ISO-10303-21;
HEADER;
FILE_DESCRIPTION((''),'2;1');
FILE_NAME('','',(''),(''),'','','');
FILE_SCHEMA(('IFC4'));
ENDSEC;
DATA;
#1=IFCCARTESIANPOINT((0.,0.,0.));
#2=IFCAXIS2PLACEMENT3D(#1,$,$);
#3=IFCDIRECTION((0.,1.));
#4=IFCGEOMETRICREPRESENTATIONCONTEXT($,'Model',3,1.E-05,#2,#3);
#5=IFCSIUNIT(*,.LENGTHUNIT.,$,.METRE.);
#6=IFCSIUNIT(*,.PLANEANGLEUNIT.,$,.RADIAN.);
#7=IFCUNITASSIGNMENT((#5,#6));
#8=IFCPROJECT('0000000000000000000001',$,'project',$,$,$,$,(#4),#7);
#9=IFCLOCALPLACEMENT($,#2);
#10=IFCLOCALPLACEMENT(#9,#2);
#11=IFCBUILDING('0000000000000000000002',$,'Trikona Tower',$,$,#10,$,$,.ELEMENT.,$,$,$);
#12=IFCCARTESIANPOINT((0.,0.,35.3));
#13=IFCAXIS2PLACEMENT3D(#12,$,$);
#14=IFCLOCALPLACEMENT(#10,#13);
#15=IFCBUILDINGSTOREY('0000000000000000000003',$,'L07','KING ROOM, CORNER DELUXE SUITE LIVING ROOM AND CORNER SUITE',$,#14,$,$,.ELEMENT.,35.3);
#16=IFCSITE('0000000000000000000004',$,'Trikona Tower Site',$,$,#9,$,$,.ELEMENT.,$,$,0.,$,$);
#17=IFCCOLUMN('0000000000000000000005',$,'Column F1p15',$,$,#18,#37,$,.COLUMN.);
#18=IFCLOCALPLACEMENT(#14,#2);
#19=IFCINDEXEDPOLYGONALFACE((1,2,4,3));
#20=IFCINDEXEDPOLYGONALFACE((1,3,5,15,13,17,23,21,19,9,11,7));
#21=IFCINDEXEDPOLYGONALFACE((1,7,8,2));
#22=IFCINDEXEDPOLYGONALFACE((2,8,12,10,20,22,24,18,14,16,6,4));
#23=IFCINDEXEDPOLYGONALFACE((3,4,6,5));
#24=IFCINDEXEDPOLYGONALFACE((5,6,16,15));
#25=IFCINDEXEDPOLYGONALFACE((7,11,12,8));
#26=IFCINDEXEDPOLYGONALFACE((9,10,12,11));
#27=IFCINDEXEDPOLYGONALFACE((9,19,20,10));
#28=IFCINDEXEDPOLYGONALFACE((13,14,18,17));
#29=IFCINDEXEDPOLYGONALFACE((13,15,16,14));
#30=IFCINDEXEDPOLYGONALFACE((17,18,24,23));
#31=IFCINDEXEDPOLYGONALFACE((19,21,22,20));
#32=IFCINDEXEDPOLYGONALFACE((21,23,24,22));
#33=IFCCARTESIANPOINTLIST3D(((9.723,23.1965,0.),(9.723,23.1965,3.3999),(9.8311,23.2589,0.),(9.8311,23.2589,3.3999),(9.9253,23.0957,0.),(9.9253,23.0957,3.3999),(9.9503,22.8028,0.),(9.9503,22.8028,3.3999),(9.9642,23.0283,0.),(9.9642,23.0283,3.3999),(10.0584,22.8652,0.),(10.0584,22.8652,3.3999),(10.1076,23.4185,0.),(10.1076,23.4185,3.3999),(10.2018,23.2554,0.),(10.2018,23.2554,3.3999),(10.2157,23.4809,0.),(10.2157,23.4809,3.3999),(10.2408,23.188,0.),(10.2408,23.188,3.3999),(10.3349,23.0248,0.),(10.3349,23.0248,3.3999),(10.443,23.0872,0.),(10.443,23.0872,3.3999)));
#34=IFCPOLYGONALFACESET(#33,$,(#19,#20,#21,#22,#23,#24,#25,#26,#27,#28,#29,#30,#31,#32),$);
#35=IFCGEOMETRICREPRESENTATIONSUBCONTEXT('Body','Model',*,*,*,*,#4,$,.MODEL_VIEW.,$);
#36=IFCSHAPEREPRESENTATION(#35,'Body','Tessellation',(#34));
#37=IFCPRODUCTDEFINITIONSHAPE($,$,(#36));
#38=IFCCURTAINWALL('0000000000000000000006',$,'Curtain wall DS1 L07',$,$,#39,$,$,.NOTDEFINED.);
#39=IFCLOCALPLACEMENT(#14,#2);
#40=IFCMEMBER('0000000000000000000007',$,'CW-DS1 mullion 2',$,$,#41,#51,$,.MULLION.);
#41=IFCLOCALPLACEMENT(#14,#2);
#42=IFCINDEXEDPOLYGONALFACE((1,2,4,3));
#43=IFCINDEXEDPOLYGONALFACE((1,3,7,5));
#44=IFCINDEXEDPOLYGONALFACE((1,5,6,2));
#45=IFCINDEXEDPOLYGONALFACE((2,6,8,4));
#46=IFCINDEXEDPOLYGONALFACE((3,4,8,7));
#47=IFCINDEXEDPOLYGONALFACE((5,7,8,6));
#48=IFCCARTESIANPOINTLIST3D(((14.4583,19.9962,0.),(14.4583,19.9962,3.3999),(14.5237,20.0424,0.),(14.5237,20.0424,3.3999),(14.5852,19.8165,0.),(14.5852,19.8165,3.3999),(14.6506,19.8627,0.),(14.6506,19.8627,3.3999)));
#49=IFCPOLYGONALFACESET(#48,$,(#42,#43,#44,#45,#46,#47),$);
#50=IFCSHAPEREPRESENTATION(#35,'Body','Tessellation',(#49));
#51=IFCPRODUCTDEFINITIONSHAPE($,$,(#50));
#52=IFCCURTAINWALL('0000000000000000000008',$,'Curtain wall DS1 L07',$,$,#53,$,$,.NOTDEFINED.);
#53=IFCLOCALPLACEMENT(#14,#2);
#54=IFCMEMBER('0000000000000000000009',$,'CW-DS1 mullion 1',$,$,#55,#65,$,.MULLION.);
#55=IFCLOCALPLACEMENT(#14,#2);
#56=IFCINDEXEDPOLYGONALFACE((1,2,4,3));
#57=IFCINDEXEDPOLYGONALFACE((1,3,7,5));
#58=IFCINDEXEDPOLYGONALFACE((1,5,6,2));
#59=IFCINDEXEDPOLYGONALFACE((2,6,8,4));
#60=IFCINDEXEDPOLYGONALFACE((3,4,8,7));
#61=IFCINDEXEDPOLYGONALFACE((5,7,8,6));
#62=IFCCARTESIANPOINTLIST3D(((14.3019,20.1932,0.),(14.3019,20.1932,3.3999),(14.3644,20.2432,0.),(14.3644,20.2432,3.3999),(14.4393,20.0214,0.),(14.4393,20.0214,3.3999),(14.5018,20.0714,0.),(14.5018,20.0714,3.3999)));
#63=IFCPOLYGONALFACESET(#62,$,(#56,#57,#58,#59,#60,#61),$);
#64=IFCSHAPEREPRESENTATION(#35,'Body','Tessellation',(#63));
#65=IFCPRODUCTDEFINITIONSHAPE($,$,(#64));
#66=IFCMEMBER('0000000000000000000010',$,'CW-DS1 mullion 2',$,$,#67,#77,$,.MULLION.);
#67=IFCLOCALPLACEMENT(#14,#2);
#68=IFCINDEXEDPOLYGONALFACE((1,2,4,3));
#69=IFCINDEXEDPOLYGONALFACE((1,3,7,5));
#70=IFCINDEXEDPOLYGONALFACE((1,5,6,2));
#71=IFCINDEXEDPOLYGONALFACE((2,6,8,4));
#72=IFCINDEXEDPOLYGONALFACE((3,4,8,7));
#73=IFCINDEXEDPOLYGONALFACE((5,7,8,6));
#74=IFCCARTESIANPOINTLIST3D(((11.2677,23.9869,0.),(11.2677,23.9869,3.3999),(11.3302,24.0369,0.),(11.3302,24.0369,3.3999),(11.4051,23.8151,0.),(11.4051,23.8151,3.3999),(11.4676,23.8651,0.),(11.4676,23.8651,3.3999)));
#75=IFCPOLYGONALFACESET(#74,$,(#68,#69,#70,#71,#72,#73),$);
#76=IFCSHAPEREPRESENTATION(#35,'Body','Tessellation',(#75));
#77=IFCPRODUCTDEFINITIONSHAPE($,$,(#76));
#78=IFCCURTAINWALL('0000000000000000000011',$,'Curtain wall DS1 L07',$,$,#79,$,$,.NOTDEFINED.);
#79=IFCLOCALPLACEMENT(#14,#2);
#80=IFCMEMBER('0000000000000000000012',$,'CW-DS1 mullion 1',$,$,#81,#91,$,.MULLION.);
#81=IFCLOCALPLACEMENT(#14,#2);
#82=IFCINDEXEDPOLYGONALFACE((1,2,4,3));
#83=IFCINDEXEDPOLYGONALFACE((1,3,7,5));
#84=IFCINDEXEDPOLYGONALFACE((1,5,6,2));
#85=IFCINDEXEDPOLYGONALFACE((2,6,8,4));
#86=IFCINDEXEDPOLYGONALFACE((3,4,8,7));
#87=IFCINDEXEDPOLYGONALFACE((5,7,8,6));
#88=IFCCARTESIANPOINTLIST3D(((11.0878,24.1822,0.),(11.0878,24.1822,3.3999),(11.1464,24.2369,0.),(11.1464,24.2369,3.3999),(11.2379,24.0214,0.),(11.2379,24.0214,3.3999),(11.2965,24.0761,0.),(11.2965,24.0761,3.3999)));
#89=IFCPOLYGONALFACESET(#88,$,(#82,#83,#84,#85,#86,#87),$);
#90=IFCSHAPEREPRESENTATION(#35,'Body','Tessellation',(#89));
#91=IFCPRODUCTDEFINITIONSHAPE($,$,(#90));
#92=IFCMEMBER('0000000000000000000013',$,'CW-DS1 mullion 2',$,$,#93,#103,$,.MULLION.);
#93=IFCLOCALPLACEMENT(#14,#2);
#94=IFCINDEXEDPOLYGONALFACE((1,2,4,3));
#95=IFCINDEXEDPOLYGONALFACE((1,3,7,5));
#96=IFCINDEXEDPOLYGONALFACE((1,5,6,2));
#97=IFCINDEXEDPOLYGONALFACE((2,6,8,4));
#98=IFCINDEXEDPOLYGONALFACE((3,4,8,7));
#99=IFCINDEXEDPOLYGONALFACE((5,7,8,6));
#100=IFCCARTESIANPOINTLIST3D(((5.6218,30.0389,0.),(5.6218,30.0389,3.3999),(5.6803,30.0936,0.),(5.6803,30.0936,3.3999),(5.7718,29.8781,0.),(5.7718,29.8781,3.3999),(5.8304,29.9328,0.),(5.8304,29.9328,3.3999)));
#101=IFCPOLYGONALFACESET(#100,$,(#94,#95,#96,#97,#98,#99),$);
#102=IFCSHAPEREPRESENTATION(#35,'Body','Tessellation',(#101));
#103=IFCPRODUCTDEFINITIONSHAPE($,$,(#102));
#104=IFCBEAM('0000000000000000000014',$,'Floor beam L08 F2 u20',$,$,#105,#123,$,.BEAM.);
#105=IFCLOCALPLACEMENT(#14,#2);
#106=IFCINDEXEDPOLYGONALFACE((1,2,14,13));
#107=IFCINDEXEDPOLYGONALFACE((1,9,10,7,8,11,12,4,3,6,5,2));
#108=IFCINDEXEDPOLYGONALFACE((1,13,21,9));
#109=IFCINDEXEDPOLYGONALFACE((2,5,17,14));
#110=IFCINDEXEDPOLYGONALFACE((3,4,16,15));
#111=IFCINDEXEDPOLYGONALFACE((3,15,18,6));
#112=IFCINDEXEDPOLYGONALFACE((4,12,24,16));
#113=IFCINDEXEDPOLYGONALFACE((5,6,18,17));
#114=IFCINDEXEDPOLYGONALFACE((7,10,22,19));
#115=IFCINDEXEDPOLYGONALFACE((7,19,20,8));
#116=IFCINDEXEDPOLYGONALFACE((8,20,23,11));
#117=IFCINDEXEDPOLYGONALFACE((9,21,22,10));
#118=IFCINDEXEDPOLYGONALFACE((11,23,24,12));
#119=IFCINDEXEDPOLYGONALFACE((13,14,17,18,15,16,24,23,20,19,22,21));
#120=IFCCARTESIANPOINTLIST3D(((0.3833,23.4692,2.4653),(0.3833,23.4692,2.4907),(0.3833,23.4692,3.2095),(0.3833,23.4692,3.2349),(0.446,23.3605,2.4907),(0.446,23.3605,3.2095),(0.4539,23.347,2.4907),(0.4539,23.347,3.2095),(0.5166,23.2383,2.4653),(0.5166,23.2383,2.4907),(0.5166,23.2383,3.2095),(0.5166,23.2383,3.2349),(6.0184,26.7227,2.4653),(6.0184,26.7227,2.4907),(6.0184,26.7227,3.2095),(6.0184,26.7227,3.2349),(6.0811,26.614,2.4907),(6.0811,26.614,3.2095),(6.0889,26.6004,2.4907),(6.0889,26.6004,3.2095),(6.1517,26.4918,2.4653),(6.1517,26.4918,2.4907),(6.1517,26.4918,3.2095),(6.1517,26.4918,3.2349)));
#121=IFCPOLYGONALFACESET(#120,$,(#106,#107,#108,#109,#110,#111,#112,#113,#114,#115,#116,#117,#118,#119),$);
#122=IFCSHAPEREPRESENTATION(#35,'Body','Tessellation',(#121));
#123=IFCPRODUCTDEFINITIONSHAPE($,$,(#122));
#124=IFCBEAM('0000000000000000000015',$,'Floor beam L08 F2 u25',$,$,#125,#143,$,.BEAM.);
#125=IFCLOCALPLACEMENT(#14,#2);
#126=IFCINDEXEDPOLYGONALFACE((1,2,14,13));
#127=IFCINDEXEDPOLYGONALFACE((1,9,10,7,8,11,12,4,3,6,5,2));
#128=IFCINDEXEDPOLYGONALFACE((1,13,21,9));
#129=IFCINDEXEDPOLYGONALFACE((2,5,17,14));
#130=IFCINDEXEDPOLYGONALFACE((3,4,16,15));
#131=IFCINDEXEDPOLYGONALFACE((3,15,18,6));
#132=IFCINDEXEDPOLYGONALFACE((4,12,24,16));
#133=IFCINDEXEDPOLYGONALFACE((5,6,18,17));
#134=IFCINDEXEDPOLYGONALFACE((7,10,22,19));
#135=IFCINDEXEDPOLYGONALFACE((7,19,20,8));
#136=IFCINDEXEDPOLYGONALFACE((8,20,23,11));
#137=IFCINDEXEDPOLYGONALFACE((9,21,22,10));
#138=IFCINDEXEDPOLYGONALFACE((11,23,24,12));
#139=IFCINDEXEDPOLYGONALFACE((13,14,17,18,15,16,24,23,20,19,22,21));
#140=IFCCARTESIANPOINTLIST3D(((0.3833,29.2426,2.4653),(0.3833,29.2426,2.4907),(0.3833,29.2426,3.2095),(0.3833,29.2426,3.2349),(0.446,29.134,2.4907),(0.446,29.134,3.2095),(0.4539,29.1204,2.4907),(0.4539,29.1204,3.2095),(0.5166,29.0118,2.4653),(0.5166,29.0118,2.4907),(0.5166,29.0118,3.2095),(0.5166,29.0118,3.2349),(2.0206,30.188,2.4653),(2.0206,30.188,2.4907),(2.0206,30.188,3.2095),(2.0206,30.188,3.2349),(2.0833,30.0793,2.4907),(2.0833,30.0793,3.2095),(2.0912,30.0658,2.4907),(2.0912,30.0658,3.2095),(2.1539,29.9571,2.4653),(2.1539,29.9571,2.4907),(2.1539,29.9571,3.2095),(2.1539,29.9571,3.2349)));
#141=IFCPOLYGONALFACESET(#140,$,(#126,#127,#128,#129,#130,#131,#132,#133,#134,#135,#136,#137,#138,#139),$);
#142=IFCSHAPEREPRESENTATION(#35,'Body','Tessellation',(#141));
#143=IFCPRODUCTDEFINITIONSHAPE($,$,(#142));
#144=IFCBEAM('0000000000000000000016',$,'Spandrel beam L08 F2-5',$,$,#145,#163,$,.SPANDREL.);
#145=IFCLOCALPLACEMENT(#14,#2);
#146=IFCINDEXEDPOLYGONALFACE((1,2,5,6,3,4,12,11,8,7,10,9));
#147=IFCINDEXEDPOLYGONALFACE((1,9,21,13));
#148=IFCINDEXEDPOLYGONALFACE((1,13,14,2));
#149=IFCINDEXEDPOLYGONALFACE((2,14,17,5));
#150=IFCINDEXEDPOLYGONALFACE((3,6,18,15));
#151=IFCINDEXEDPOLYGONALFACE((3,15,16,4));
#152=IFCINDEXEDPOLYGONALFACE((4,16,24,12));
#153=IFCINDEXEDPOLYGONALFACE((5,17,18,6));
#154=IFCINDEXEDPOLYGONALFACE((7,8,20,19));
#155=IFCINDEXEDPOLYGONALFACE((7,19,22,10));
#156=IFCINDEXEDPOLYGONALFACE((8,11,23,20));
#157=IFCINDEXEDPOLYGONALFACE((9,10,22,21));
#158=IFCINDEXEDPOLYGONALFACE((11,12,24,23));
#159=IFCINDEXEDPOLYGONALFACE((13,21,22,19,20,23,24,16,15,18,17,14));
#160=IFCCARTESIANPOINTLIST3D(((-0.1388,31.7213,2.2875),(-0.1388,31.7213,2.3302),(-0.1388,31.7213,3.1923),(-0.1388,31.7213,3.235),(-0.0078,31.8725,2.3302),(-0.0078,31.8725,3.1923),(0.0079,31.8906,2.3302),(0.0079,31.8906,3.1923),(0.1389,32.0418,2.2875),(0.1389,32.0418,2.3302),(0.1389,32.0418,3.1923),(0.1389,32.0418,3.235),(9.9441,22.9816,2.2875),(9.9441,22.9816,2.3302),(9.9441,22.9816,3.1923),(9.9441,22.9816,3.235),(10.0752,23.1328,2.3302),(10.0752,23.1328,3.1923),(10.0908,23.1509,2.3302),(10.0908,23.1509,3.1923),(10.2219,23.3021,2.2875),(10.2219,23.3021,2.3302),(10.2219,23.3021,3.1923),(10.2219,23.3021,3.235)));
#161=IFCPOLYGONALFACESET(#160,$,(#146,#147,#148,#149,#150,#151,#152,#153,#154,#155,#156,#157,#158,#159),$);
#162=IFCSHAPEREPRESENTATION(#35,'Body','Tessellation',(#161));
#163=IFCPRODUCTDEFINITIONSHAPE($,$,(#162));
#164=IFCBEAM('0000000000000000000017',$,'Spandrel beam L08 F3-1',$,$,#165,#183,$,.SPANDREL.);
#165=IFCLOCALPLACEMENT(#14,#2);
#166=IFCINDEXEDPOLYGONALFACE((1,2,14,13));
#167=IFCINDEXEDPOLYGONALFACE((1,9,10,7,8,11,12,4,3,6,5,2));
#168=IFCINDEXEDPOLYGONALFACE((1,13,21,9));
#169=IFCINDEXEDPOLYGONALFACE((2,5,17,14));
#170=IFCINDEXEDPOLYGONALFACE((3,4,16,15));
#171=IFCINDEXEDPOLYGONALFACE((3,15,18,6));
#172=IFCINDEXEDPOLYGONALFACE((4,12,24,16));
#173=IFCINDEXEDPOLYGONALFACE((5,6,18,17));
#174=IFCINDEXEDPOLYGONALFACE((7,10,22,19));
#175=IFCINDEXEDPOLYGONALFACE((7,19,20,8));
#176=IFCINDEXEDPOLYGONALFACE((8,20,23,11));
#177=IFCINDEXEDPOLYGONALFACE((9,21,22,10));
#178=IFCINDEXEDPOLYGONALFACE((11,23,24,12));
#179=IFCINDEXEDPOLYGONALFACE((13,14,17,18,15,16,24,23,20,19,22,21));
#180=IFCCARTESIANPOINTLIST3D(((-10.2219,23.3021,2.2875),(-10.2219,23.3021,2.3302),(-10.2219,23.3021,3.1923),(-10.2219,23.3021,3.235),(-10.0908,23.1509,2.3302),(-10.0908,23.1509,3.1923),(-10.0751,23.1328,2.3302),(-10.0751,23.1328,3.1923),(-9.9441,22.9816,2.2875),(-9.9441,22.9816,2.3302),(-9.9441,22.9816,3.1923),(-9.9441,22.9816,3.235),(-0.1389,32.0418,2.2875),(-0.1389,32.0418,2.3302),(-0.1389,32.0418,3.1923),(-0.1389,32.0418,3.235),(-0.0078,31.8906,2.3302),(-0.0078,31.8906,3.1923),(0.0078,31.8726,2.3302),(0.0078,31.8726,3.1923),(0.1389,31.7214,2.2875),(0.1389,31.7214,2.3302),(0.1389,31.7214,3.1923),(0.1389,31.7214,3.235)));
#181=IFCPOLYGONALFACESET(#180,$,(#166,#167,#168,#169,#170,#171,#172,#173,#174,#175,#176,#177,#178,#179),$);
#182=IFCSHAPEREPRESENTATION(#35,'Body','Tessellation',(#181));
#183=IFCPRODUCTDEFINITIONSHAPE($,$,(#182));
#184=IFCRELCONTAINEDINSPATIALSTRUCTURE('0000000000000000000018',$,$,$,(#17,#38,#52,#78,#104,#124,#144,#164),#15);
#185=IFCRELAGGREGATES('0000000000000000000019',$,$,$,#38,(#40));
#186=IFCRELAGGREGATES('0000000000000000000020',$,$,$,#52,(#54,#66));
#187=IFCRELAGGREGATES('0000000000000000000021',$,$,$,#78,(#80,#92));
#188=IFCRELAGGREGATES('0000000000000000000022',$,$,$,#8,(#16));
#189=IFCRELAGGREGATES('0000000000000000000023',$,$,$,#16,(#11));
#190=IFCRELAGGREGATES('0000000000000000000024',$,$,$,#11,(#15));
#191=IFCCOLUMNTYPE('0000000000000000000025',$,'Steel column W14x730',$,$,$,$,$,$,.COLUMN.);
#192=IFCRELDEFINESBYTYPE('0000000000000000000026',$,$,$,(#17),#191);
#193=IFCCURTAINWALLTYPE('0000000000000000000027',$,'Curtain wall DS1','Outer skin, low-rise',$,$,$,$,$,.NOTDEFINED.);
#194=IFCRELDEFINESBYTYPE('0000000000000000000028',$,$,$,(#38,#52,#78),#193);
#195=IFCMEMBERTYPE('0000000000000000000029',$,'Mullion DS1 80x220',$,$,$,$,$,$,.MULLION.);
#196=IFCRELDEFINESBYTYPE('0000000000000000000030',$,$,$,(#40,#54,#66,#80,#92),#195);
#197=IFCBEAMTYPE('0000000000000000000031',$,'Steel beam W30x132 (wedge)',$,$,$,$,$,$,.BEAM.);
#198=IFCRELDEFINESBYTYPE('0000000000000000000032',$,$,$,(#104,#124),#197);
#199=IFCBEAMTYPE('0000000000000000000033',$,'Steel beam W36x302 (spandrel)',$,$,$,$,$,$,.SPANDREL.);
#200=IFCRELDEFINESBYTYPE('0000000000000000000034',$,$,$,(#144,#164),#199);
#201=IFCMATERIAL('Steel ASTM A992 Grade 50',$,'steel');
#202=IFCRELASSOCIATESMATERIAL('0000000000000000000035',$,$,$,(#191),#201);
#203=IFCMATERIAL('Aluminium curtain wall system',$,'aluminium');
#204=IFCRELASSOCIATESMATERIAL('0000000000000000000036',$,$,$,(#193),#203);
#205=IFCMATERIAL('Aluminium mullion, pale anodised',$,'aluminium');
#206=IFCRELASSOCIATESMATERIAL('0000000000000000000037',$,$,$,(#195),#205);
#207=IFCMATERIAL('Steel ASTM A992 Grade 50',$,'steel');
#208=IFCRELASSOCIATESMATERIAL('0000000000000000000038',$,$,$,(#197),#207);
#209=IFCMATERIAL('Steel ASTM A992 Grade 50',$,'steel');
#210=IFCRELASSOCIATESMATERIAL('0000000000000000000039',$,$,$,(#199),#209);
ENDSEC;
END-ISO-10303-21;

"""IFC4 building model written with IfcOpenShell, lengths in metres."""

from ifc_helpers import new_model, si_unit, direction, frame, origin, origin_2d, place, context, subcontext, project, spatial, rectangle, i_section, extrude, material, material_profile, profile_set, type_object, element, aggregate, save


model = new_model("IFC4")

# Units and contexts
model_context = context("Model", 3, precision=1e-05, world=origin(), true_north=direction((0.0, 1.0)))
body_context = subcontext(model_context, "Body", "Model", "MODEL_VIEW")
ifc_project = project(units=[si_unit("LENGTHUNIT", "METRE"), si_unit("PLANEANGLEUNIT", "RADIAN")], contexts=[model_context])

# Site, building, storey
site_placement = place(None, origin())
site = spatial("IfcSite", under=ifc_project, at=site_placement, Name="Trikona Tower Site", CompositionType="ELEMENT", RefElevation=0.0)
building_placement = place(site_placement, origin())
building = spatial("IfcBuilding", under=site, at=building_placement, Name="Trikona Tower", CompositionType="ELEMENT")
storey_placement = place(building_placement, frame((0.0, 0.0, 35.3)))
storey = spatial("IfcBuildingStorey", under=building, at=storey_placement, Name="L07", Description="KING ROOM, CORNER DELUXE SUITE LIVING ROOM AND CORNER SUITE", CompositionType="ELEMENT", Elevation=35.3)

# Column
ifc_material_1 = material(Name="Steel ASTM A992 Grade 50", Category="steel")
ifc_material_profile_1 = material_profile(ifc_material_1, i_section(OverallWidth=0.4546, OverallDepth=0.5688, WebThickness=0.0779, FlangeThickness=0.1248, at=origin_2d()), Name="W14X730")
ifc_profile_set_1 = profile_set([ifc_material_profile_1], Name="Steel ASTM A992 Grade 50")
column_type = type_object("IfcColumnType", Name="Steel column W14x730", PredefinedType="COLUMN", material=ifc_profile_set_1)
column_placement = place(storey_placement, frame((10.083, 23.1418, 0.0), z_axis=(0.0, 0.0, 1.0), x_axis=(-0.5, 0.866025, 0.0)))
element("IfcColumn", 1, at=column_placement, inside=storey, type_object=column_type, Name="Column F1p15", PredefinedType="COLUMN", context=body_context, shape_type="SweptSolid", body=[
    extrude(i_section(OverallWidth=0.4546, OverallDepth=0.5688, WebThickness=0.0779, FlangeThickness=0.1248, at=origin_2d()), origin(), (0.0, 0.0, 1.0), 3.3999),
])

# Curtain wall, member
ifc_material_2 = material(Name="Aluminium curtain wall system", Category="aluminium")
curtain_wall_type = type_object("IfcCurtainWallType", Name="Curtain wall DS1", Description="Outer skin, low-rise", PredefinedType="NOTDEFINED", material=ifc_material_2)
curtain_wall_1_placement = place(storey_placement, origin())
curtain_wall_1 = element("IfcCurtainWall", 2, at=curtain_wall_1_placement, inside=storey, type_object=curtain_wall_type, Name="Curtain wall DS1 L07", PredefinedType="NOTDEFINED")
ifc_material_3 = material(Name="Aluminium mullion, pale anodised", Category="aluminium")
ifc_material_profile_2 = material_profile(ifc_material_3, rectangle(XDim=0.0801, YDim=0.22, at=origin_2d()), Name="MUL-DS1")
ifc_profile_set_2 = profile_set([ifc_material_profile_2], Name="Aluminium mullion, pale anodised")
member_type_1 = type_object("IfcMemberType", Name="Mullion DS1 80x220", PredefinedType="MULLION", material=ifc_profile_set_2)
member_1_placement = place(storey_placement, frame((14.5544, 19.9294, 0.0), z_axis=(0.0, 0.0, 1.0), x_axis=(-0.816985, -0.576658, 0.0)))
member_1 = element("IfcMember", 3, at=member_1_placement, type_object=member_type_1, Name="CW-DS1 mullion 2", PredefinedType="MULLION", context=body_context, shape_type="SweptSolid", body=[
    extrude(rectangle(XDim=0.0801, YDim=0.22, at=origin_2d()), origin(), (0.0, 0.0, 1.0), 3.3999),
])
aggregate(curtain_wall_1, [member_1])

# Curtain walls, members
curtain_wall_2_placement = place(storey_placement, origin())
curtain_wall_2 = element("IfcCurtainWall", 4, at=curtain_wall_2_placement, inside=storey, type_object=curtain_wall_type, Name="Curtain wall DS1 L07", PredefinedType="NOTDEFINED")
member_2_placement = place(storey_placement, frame((14.4019, 20.1323, 0.0), z_axis=(0.0, 0.0, 1.0), x_axis=(-0.780938, -0.624609, 0.0)))
member_2 = element("IfcMember", 5, at=member_2_placement, type_object=member_type_1, Name="CW-DS1 mullion 1", PredefinedType="MULLION", context=body_context, shape_type="SweptSolid", body=[
    extrude(rectangle(XDim=0.0801, YDim=0.22, at=origin_2d()), origin(), (0.0, 0.0, 1.0), 3.3999),
])
member_3_placement = place(storey_placement, frame((11.3677, 23.926, 0.0), z_axis=(0.0, 0.0, 1.0), x_axis=(-0.780938, -0.624609, 0.0)))
member_3 = element("IfcMember", 6, at=member_3_placement, type_object=member_type_1, Name="CW-DS1 mullion 2", PredefinedType="MULLION", context=body_context, shape_type="SweptSolid", body=[
    extrude(rectangle(XDim=0.0801, YDim=0.22, at=origin_2d()), origin(), (0.0, 0.0, 1.0), 3.3999),
])
curtain_wall_3_placement = place(storey_placement, origin())
curtain_wall_3 = element("IfcCurtainWall", 7, at=curtain_wall_3_placement, inside=storey, type_object=curtain_wall_type, Name="Curtain wall DS1 L07", PredefinedType="NOTDEFINED")
member_4_placement = place(storey_placement, frame((11.1921, 24.1292, 0.0), z_axis=(0.0, 0.0, 1.0), x_axis=(-0.731077, -0.682295, 0.0)))
member_4 = element("IfcMember", 8, at=member_4_placement, type_object=member_type_1, Name="CW-DS1 mullion 1", PredefinedType="MULLION", context=body_context, shape_type="SweptSolid", body=[
    extrude(rectangle(XDim=0.0801, YDim=0.22, at=origin_2d()), origin(), (0.0, 0.0, 1.0), 3.3999),
])
member_5_placement = place(storey_placement, frame((5.7261, 29.9858, 0.0), z_axis=(0.0, 0.0, 1.0), x_axis=(-0.731077, -0.682295, 0.0)))
member_5 = element("IfcMember", 9, at=member_5_placement, type_object=member_type_1, Name="CW-DS1 mullion 2", PredefinedType="MULLION", context=body_context, shape_type="SweptSolid", body=[
    extrude(rectangle(XDim=0.0801, YDim=0.22, at=origin_2d()), origin(), (0.0, 0.0, 1.0), 3.3999),
])

# Beams
ifc_material_4 = material(Name="Steel ASTM A992 Grade 50", Category="steel")
ifc_material_profile_3 = material_profile(ifc_material_4, i_section(OverallWidth=0.2666, OverallDepth=0.7695, WebThickness=0.0156, FlangeThickness=0.0254, at=origin_2d()), Name="W30X132")
ifc_profile_set_3 = profile_set([ifc_material_profile_3], Name="Steel ASTM A992 Grade 50")
beam_type_1 = type_object("IfcBeamType", Name="Steel beam W30x132 (wedge)", PredefinedType="BEAM", material=ifc_profile_set_3)
beam_1_placement = place(storey_placement, frame((0.45, 23.3538, 2.8501), z_axis=(0.866023, 0.500005, 0.0), x_axis=(-0.500005, 0.866023, 0.0)))
element("IfcBeam", 10, at=beam_1_placement, inside=storey, type_object=beam_type_1, Name="Floor beam L08 F2 u20", PredefinedType="BEAM", context=body_context, shape_type="SweptSolid", body=[
    extrude(i_section(OverallWidth=0.2666, OverallDepth=0.7695, WebThickness=0.0156, FlangeThickness=0.0254, at=origin_2d()), origin(), (0.0, 0.0, 1.0), 6.5068),
])
beam_2_placement = place(storey_placement, frame((0.45, 29.1272, 2.8501), z_axis=(0.866009, 0.500028, 0.0), x_axis=(-0.500028, 0.866009, 0.0)))
element("IfcBeam", 11, at=beam_2_placement, inside=storey, type_object=beam_type_1, Name="Floor beam L08 F2 u25", PredefinedType="BEAM", context=body_context, shape_type="SweptSolid", body=[
    extrude(i_section(OverallWidth=0.2666, OverallDepth=0.7695, WebThickness=0.0156, FlangeThickness=0.0254, at=origin_2d()), origin(), (0.0, 0.0, 1.0), 1.8906),
])
ifc_material_5 = material(Name="Steel ASTM A992 Grade 50", Category="steel")
ifc_material_profile_4 = material_profile(ifc_material_5, i_section(OverallWidth=0.4241, OverallDepth=0.9475, WebThickness=0.0239, FlangeThickness=0.0427, at=origin_2d()), Name="W36X302")
ifc_profile_set_4 = profile_set([ifc_material_profile_4], Name="Steel ASTM A992 Grade 50")
beam_type_2 = type_object("IfcBeamType", Name="Steel beam W36x302 (spandrel)", PredefinedType="SPANDREL", material=ifc_profile_set_4)
for number, where, z_axis, x_axis, name in (
    (12, (10.083, 23.1418, 2.7612), (-0.755647, 0.654979, 0.0), (-0.654979, -0.755647, 0.0), "Spandrel beam L08 F2-5"),
    (13, (0.0, 31.8816, 2.7612), (-0.755647, -0.654979, 0.0), (0.654979, -0.755647, 0.0), "Spandrel beam L08 F3-1"),
):
    element("IfcBeam", number, at=place(storey_placement, frame(where, z_axis=z_axis, x_axis=x_axis)), inside=storey, type_object=beam_type_2, Name=name, PredefinedType="SPANDREL", context=body_context, shape_type="SweptSolid", body=[
        extrude(i_section(OverallWidth=0.4241, OverallDepth=0.9475, WebThickness=0.0239, FlangeThickness=0.0427, at=origin_2d()), origin(), (0.0, 0.0, 1.0), 13.3435),
    ])

aggregate(curtain_wall_2, [member_2, member_3])
aggregate(curtain_wall_3, [member_4, member_5])

save(model, "model.ifc")
